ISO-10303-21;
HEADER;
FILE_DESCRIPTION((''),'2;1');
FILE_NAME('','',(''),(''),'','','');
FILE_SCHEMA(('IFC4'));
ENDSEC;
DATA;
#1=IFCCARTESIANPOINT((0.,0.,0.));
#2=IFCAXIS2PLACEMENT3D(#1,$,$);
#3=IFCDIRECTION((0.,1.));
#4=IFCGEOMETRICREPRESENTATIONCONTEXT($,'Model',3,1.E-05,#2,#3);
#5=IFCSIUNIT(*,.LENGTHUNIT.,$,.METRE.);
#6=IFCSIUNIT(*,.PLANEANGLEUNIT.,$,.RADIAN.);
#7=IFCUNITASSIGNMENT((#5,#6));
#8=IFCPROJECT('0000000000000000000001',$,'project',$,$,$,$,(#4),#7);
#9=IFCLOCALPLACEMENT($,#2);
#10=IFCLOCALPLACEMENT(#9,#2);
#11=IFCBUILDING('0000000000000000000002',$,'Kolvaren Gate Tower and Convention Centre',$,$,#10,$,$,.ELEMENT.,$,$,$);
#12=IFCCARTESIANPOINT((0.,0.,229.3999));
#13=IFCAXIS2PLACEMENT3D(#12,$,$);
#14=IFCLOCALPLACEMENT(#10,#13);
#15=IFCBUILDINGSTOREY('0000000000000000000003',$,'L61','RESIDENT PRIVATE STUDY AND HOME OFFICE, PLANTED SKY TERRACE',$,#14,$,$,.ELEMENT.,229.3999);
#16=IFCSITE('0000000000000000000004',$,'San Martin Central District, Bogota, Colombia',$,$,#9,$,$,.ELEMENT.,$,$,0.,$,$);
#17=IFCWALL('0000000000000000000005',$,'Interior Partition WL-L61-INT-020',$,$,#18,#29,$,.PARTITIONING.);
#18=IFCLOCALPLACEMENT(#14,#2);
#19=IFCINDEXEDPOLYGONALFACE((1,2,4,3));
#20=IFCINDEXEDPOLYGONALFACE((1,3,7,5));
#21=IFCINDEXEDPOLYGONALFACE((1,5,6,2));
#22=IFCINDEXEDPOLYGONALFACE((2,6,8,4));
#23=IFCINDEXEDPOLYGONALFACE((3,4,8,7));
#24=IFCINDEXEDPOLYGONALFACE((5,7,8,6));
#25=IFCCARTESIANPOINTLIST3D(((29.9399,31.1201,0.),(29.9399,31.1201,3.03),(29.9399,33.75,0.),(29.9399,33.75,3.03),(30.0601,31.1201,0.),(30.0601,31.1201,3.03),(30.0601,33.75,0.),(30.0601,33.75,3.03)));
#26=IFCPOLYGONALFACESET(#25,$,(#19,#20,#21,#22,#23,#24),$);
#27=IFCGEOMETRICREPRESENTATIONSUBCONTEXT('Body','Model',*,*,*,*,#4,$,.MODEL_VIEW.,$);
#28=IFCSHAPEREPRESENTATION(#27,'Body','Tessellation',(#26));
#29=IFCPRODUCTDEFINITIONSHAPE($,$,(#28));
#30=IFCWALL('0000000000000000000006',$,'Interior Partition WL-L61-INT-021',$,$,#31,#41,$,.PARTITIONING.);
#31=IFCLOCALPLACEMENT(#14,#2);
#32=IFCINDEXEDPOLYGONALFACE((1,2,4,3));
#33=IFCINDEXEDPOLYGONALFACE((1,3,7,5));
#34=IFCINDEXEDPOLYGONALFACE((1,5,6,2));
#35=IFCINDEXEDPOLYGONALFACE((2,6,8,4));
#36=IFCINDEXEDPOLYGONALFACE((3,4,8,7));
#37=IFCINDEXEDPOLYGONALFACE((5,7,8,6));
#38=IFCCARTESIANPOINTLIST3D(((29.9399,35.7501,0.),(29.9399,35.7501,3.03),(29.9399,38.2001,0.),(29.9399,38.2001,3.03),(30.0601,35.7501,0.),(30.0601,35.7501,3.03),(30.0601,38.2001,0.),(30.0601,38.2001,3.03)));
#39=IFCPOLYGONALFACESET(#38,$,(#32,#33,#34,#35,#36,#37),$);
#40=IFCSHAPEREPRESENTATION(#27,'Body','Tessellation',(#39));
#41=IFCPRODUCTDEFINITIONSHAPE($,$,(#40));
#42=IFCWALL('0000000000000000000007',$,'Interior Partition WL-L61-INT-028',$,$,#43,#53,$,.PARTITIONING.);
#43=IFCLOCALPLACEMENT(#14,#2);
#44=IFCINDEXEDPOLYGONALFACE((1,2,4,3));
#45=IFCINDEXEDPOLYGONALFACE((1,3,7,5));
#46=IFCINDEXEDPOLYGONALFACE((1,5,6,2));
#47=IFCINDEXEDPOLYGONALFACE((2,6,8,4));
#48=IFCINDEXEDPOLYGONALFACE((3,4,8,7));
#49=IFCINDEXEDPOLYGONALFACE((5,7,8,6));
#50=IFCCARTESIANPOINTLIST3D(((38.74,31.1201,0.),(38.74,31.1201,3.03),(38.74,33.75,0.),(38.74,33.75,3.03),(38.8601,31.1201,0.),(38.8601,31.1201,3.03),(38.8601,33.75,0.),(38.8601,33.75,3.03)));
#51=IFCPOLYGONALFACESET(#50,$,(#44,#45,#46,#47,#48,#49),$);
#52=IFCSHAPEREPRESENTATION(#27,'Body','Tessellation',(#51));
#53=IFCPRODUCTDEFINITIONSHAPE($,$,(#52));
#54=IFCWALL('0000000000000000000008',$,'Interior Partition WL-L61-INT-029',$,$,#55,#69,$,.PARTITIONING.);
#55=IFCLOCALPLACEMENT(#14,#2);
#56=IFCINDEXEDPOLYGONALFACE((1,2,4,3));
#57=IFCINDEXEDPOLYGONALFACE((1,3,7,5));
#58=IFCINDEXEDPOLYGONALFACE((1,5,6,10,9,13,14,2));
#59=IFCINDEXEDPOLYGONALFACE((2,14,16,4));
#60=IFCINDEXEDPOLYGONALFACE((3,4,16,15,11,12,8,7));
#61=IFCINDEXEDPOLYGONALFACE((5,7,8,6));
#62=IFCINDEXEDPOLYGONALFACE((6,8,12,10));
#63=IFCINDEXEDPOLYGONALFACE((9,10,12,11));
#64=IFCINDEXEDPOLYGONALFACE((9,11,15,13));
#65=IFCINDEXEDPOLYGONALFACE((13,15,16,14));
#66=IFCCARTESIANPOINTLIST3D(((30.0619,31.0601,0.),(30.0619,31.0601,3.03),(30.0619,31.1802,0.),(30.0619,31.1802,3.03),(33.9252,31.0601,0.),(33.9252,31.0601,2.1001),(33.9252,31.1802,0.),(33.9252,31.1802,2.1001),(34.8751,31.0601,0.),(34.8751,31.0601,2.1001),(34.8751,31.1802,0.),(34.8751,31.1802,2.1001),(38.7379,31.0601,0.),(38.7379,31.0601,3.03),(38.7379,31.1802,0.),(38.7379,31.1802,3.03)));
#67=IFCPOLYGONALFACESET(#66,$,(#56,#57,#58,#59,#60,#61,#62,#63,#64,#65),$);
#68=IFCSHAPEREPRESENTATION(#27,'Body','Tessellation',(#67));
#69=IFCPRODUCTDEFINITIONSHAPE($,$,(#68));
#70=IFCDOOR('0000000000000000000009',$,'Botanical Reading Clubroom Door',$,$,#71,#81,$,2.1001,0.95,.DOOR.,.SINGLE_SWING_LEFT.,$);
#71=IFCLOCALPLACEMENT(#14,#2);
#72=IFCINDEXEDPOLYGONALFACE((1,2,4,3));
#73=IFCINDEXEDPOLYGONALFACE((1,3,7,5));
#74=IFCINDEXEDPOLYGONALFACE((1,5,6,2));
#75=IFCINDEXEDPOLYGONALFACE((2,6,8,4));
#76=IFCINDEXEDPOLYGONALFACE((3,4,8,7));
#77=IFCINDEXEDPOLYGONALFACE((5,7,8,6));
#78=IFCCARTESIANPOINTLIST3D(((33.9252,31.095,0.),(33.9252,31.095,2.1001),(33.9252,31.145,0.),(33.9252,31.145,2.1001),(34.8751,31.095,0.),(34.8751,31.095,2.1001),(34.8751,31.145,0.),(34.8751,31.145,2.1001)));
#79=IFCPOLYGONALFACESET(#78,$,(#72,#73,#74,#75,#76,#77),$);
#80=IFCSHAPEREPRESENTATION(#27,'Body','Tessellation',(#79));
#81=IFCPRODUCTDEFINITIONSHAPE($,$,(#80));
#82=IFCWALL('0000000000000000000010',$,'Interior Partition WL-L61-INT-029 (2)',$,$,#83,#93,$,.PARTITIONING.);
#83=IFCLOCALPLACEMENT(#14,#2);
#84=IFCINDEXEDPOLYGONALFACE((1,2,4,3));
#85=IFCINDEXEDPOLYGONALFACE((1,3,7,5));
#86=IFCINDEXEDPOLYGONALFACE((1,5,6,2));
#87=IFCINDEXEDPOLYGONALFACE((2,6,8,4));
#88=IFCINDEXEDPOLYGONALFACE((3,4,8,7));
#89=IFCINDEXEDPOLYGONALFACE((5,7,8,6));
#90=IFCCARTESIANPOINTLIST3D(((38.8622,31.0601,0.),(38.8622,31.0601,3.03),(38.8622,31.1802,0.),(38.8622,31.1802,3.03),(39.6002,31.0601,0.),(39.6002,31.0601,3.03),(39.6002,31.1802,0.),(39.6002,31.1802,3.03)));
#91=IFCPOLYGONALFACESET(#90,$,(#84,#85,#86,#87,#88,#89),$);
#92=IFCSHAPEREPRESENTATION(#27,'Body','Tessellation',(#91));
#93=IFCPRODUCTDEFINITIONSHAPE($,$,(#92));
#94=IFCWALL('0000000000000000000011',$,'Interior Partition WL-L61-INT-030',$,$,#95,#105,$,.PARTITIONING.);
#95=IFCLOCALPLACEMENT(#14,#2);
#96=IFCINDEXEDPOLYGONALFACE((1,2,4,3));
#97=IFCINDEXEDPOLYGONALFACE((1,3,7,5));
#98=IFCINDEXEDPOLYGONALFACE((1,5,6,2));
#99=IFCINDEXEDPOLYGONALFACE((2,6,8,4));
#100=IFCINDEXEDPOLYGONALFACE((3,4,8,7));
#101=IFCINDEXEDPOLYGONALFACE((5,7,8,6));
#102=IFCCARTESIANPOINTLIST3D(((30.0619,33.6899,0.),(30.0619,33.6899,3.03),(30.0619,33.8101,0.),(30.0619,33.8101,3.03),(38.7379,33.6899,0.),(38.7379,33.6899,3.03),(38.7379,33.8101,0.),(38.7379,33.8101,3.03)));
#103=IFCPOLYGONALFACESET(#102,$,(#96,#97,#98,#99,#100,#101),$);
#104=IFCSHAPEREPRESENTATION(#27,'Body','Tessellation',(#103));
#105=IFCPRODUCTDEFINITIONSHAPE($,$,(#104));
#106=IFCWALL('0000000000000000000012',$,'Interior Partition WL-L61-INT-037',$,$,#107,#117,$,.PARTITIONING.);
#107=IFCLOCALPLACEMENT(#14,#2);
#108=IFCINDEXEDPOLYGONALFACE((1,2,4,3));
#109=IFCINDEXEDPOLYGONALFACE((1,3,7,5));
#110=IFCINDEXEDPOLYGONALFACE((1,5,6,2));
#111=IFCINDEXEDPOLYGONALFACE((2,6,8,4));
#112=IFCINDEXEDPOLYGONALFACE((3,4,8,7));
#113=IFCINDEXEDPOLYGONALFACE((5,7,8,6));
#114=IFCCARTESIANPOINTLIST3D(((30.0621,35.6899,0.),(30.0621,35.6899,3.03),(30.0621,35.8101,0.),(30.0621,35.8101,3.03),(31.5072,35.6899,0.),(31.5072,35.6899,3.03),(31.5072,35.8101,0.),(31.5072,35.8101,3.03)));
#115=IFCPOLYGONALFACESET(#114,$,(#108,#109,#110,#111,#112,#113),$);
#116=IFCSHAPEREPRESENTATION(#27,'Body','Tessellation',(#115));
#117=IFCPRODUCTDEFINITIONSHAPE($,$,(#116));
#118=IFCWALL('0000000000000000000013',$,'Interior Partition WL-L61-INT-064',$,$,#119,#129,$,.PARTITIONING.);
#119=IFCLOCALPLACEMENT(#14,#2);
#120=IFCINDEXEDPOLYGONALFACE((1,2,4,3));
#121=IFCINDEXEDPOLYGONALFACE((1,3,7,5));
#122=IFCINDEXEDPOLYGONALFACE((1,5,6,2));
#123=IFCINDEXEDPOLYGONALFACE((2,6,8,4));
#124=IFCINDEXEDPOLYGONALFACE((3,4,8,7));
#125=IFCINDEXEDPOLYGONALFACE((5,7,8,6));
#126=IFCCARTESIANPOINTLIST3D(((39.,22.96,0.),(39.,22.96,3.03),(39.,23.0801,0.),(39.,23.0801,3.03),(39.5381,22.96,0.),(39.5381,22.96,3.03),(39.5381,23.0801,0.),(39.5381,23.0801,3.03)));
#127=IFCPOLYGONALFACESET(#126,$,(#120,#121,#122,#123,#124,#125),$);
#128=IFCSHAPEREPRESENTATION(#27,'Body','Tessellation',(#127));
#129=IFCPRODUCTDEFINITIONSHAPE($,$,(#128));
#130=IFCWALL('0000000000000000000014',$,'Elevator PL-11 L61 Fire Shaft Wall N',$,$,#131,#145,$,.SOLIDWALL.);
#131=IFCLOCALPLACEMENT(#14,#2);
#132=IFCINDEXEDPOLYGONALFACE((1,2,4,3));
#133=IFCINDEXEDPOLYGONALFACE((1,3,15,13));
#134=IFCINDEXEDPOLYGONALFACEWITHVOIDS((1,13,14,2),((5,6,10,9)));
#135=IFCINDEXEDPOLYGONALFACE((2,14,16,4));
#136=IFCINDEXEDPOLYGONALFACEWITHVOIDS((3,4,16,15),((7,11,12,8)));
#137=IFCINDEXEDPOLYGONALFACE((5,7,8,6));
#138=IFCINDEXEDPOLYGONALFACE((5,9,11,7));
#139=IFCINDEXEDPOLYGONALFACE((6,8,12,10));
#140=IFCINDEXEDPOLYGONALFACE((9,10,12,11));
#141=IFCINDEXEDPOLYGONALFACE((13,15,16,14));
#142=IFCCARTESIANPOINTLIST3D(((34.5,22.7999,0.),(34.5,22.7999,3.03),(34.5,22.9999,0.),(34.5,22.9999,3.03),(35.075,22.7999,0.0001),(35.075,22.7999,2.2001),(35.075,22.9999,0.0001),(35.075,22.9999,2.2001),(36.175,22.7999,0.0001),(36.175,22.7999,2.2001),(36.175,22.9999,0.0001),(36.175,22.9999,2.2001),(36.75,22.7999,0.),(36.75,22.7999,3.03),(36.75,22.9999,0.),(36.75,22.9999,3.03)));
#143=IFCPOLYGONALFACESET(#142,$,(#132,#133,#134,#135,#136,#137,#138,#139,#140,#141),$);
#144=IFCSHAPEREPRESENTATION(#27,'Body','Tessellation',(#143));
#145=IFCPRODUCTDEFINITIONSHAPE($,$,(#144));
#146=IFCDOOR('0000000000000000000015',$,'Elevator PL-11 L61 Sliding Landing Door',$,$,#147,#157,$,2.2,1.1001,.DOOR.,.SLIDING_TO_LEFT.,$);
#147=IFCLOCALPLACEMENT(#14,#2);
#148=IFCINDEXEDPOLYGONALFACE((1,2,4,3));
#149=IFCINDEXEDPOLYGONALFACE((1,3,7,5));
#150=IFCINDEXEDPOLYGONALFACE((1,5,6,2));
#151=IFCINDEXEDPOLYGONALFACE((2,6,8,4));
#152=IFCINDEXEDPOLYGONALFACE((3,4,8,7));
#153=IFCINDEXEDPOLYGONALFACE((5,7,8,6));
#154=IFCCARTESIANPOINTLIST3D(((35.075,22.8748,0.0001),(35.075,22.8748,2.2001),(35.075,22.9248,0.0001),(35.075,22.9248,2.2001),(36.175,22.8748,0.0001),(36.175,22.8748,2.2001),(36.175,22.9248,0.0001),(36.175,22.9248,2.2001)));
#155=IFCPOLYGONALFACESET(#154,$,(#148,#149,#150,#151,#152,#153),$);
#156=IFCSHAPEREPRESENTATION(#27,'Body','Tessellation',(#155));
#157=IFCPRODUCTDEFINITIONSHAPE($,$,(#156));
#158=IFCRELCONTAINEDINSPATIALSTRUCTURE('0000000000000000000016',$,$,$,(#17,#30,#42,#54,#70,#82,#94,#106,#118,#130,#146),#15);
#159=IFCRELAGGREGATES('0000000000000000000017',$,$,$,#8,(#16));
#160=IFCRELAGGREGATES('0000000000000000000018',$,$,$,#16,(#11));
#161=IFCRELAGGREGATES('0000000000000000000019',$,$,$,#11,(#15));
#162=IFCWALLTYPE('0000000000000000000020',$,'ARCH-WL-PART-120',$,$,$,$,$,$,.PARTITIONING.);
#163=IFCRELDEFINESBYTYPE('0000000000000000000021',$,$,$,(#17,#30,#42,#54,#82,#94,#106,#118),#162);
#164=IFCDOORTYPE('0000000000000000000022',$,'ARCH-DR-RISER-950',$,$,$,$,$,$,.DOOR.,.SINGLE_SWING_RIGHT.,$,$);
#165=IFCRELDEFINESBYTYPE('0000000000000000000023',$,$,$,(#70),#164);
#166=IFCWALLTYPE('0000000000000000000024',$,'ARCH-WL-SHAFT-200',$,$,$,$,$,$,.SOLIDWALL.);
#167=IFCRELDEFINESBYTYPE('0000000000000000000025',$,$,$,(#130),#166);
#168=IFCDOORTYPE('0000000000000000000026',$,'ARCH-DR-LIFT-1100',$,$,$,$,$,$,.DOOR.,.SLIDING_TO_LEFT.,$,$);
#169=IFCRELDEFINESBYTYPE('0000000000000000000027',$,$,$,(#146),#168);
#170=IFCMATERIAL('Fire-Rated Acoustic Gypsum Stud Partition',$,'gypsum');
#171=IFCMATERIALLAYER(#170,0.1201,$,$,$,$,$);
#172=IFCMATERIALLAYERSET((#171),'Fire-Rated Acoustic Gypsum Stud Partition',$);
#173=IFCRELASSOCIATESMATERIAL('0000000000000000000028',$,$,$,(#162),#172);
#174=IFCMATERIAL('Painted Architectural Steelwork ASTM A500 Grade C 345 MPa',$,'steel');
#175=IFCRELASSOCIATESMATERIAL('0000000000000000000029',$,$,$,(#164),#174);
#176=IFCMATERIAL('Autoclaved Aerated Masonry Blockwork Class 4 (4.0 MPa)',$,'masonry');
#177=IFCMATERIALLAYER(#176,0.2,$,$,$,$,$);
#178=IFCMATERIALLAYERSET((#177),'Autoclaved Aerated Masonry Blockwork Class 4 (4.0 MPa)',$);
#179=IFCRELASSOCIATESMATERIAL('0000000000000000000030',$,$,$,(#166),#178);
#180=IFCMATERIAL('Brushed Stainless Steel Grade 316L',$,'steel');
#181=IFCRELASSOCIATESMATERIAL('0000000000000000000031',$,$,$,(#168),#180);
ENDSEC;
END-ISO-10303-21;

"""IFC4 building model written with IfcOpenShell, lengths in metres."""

from ifc_helpers import new_model, si_unit, direction, frame, frame_2d, origin, place, context, subcontext, project, spatial, rectangle, extrude, material, layer, layer_set, type_object, element, fill, save


model = new_model("IFC4")

# Units and contexts
model_context = context("Model", 3, precision=1e-05, world=origin(), true_north=direction((0.0, 1.0)))
body_context = subcontext(model_context, "Body", "Model", "MODEL_VIEW")
ifc_project = project(units=[si_unit("LENGTHUNIT", "METRE"), si_unit("PLANEANGLEUNIT", "RADIAN")], contexts=[model_context])

# Site, building, storey
site_placement = place(None, origin())
site = spatial("IfcSite", under=ifc_project, at=site_placement, Name="San Martin Central District, Bogota, Colombia", CompositionType="ELEMENT", RefElevation=0.0)
building_placement = place(site_placement, origin())
building = spatial("IfcBuilding", under=site, at=building_placement, Name="Kolvaren Gate Tower and Convention Centre", CompositionType="ELEMENT")
storey_placement = place(building_placement, frame((0.0, 0.0, 229.3999)))
storey = spatial("IfcBuildingStorey", under=building, at=storey_placement, Name="L61", Description="RESIDENT PRIVATE STUDY AND HOME OFFICE, PLANTED SKY TERRACE", CompositionType="ELEMENT", Elevation=229.3999)

# Walls
ifc_material_1 = material(Name="Fire-Rated Acoustic Gypsum Stud Partition", Category="gypsum")
ifc_layer_1 = layer(ifc_material_1, 0.1201)
ifc_layer_set_1 = layer_set([ifc_layer_1], Name="Fire-Rated Acoustic Gypsum Stud Partition")
wall_type_1 = type_object("IfcWallType", Name="ARCH-WL-PART-120", PredefinedType="PARTITIONING", material=ifc_layer_set_1)
wall_1_placement = place(storey_placement, frame((30.0, 31.1201, 0.0), z_axis=(0.0, 0.0, 1.0), x_axis=(0.0, 1.0, 0.0)))
element("IfcWall", 1, at=wall_1_placement, inside=storey, type_object=wall_type_1, Name="Interior Partition WL-L61-INT-020", PredefinedType="PARTITIONING", context=body_context, shape_type="SweptSolid", body=[
    extrude(rectangle(XDim=2.6299, YDim=0.1201, at=frame_2d((1.3149, 0.0))), origin(), (0.0, 0.0, 1.0), 3.03),
])
wall_2_placement = place(storey_placement, frame((30.0, 35.75, 0.0), z_axis=(0.0, 0.0, 1.0), x_axis=(0.0, 1.0, 0.0)))
element("IfcWall", 2, at=wall_2_placement, inside=storey, type_object=wall_type_1, Name="Interior Partition WL-L61-INT-021", PredefinedType="PARTITIONING", context=body_context, shape_type="SweptSolid", body=[
    extrude(rectangle(XDim=2.45, YDim=0.1201, at=frame_2d((1.2251, 0.0))), origin(), (0.0, 0.0, 1.0), 3.03),
])
wall_3_placement = place(storey_placement, frame((38.8, 31.1201, 0.0), z_axis=(0.0, 0.0, 1.0), x_axis=(0.0, 1.0, 0.0)))
element("IfcWall", 3, at=wall_3_placement, inside=storey, type_object=wall_type_1, Name="Interior Partition WL-L61-INT-028", PredefinedType="PARTITIONING", context=body_context, shape_type="SweptSolid", body=[
    extrude(rectangle(XDim=2.6299, YDim=0.1201, at=frame_2d((1.3149, 0.0))), origin(), (0.0, 0.0, 1.0), 3.03),
])

# Wall, opening, door
wall_4_placement = place(storey_placement, frame((30.062, 31.1201, 0.0), z_axis=(0.0, 0.0, 1.0), x_axis=(1.0, 0.0, 0.0)))
wall_4 = element("IfcWall", 4, at=wall_4_placement, inside=storey, type_object=wall_type_1, Name="Interior Partition WL-L61-INT-029", PredefinedType="PARTITIONING", context=body_context, shape_type="SweptSolid", body=[
    extrude(rectangle(XDim=8.676, YDim=0.1201, at=frame_2d((4.3379, 0.0))), origin(), (0.0, 0.0, 1.0), 3.03),
])
opening_1_placement = place(wall_4_placement, frame((3.863, 0.0, 0.0)))
opening_1 = element("IfcOpeningElement", 5, at=opening_1_placement, cuts=wall_4, PredefinedType="OPENING", context=body_context, shape_type="SweptSolid", body=[
    extrude(rectangle(XDim=0.95, YDim=2.1001, at=frame_2d((0.4751, 1.05))), frame((0.0, 0.0701, 0.0), z_axis=(0.0, -1.0, 0.0), x_axis=(1.0, 0.0, 0.0)), (0.0, 0.0, 1.0), 0.1401),
])
ifc_material_2 = material(Name="Painted Architectural Steelwork ASTM A500 Grade C 345 MPa", Category="steel")
door_type_1 = type_object("IfcDoorType", Name="ARCH-DR-RISER-950", OperationType="SINGLE_SWING_RIGHT", PredefinedType="DOOR", material=ifc_material_2)
door_1_placement = place(opening_1_placement, origin())
door_1 = element("IfcDoor", 6, at=door_1_placement, inside=storey, type_object=door_type_1, Name="Botanical Reading Clubroom Door", OperationType="SINGLE_SWING_LEFT", OverallHeight=2.1001, OverallWidth=0.95, PredefinedType="DOOR", context=body_context, shape_type="SweptSolid", body=[
    extrude(rectangle(XDim=0.95, YDim=2.1001, at=frame_2d((0.4751, 1.05))), frame((0.0, 0.0249, 0.0), z_axis=(0.0, -1.0, 0.0), x_axis=(1.0, 0.0, 0.0)), (0.0, 0.0, 1.0), 0.05),
])
fill(opening_1, door_1)

# Walls
wall_5_placement = place(storey_placement, frame((38.8621, 31.1201, 0.0), z_axis=(0.0, 0.0, 1.0), x_axis=(1.0, 0.0, 0.0)))
element("IfcWall", 7, at=wall_5_placement, inside=storey, type_object=wall_type_1, Name="Interior Partition WL-L61-INT-029 (2)", PredefinedType="PARTITIONING", context=body_context, shape_type="SweptSolid", body=[
    extrude(rectangle(XDim=0.738, YDim=0.1201, at=frame_2d((0.3691, 0.0))), origin(), (0.0, 0.0, 1.0), 3.03),
])
wall_6_placement = place(storey_placement, frame((30.062, 33.75, 0.0), z_axis=(0.0, 0.0, 1.0), x_axis=(1.0, 0.0, 0.0)))
element("IfcWall", 8, at=wall_6_placement, inside=storey, type_object=wall_type_1, Name="Interior Partition WL-L61-INT-030", PredefinedType="PARTITIONING", context=body_context, shape_type="SweptSolid", body=[
    extrude(rectangle(XDim=8.676, YDim=0.1201, at=frame_2d((4.3379, 0.0))), origin(), (0.0, 0.0, 1.0), 3.03),
])
wall_7_placement = place(storey_placement, frame((30.062, 35.75, 0.0), z_axis=(0.0, 0.0, 1.0), x_axis=(1.0, 0.0, 0.0)))
element("IfcWall", 9, at=wall_7_placement, inside=storey, type_object=wall_type_1, Name="Interior Partition WL-L61-INT-037", PredefinedType="PARTITIONING", context=body_context, shape_type="SweptSolid", body=[
    extrude(rectangle(XDim=1.4451, YDim=0.1201, at=frame_2d((0.7227, 0.0))), origin(), (0.0, 0.0, 1.0), 3.03),
])
wall_8_placement = place(storey_placement, frame((39.0, 23.02, 0.0), z_axis=(0.0, 0.0, 1.0), x_axis=(1.0, 0.0, 0.0)))
element("IfcWall", 10, at=wall_8_placement, inside=storey, type_object=wall_type_1, Name="Interior Partition WL-L61-INT-064", PredefinedType="PARTITIONING", context=body_context, shape_type="SweptSolid", body=[
    extrude(rectangle(XDim=0.5381, YDim=0.1201, at=frame_2d((0.269, 0.0))), origin(), (0.0, 0.0, 1.0), 3.03),
])

# Wall, opening, door
ifc_material_3 = material(Name="Autoclaved Aerated Masonry Blockwork Class 4 (4.0 MPa)", Category="masonry")
ifc_layer_2 = layer(ifc_material_3, 0.2)
ifc_layer_set_2 = layer_set([ifc_layer_2], Name="Autoclaved Aerated Masonry Blockwork Class 4 (4.0 MPa)")
wall_type_2 = type_object("IfcWallType", Name="ARCH-WL-SHAFT-200", PredefinedType="SOLIDWALL", material=ifc_layer_set_2)
wall_9_placement = place(storey_placement, frame((34.5, 22.8999, 0.0), z_axis=(0.0, 0.0, 1.0), x_axis=(1.0, 0.0, 0.0)))
wall_9 = element("IfcWall", 11, at=wall_9_placement, inside=storey, type_object=wall_type_2, Name="Elevator PL-11 L61 Fire Shaft Wall N", PredefinedType="SOLIDWALL", context=body_context, shape_type="SweptSolid", body=[
    extrude(rectangle(XDim=2.25, YDim=0.2, at=frame_2d((1.125, 0.0))), origin(), (0.0, 0.0, 1.0), 3.03),
])
opening_2_placement = place(wall_9_placement, frame((0.575, 0.0, 0.0)))
opening_2 = element("IfcOpeningElement", 12, at=opening_2_placement, cuts=wall_9, PredefinedType="OPENING", context=body_context, shape_type="SweptSolid", body=[
    extrude(rectangle(XDim=1.1001, YDim=2.2, at=frame_2d((0.55, 1.1001))), frame((0.0, 0.1099, 0.0), z_axis=(0.0, -1.0, 0.0), x_axis=(1.0, 0.0, 0.0)), (0.0, 0.0, 1.0), 0.22),
])
ifc_material_4 = material(Name="Brushed Stainless Steel Grade 316L", Category="steel")
door_type_2 = type_object("IfcDoorType", Name="ARCH-DR-LIFT-1100", OperationType="SLIDING_TO_LEFT", PredefinedType="DOOR", material=ifc_material_4)
door_2_placement = place(opening_2_placement, origin())
door_2 = element("IfcDoor", 13, at=door_2_placement, inside=storey, type_object=door_type_2, Name="Elevator PL-11 L61 Sliding Landing Door", OperationType="SLIDING_TO_LEFT", OverallHeight=2.2, OverallWidth=1.1001, PredefinedType="DOOR", context=body_context, shape_type="SweptSolid", body=[
    extrude(rectangle(XDim=1.1001, YDim=2.2, at=frame_2d((0.55, 1.1001))), frame((0.0, 0.0249, 0.0), z_axis=(0.0, -1.0, 0.0), x_axis=(1.0, 0.0, 0.0)), (0.0, 0.0, 1.0), 0.05),
])
fill(opening_2, door_2)

save(model, "model.ifc")
